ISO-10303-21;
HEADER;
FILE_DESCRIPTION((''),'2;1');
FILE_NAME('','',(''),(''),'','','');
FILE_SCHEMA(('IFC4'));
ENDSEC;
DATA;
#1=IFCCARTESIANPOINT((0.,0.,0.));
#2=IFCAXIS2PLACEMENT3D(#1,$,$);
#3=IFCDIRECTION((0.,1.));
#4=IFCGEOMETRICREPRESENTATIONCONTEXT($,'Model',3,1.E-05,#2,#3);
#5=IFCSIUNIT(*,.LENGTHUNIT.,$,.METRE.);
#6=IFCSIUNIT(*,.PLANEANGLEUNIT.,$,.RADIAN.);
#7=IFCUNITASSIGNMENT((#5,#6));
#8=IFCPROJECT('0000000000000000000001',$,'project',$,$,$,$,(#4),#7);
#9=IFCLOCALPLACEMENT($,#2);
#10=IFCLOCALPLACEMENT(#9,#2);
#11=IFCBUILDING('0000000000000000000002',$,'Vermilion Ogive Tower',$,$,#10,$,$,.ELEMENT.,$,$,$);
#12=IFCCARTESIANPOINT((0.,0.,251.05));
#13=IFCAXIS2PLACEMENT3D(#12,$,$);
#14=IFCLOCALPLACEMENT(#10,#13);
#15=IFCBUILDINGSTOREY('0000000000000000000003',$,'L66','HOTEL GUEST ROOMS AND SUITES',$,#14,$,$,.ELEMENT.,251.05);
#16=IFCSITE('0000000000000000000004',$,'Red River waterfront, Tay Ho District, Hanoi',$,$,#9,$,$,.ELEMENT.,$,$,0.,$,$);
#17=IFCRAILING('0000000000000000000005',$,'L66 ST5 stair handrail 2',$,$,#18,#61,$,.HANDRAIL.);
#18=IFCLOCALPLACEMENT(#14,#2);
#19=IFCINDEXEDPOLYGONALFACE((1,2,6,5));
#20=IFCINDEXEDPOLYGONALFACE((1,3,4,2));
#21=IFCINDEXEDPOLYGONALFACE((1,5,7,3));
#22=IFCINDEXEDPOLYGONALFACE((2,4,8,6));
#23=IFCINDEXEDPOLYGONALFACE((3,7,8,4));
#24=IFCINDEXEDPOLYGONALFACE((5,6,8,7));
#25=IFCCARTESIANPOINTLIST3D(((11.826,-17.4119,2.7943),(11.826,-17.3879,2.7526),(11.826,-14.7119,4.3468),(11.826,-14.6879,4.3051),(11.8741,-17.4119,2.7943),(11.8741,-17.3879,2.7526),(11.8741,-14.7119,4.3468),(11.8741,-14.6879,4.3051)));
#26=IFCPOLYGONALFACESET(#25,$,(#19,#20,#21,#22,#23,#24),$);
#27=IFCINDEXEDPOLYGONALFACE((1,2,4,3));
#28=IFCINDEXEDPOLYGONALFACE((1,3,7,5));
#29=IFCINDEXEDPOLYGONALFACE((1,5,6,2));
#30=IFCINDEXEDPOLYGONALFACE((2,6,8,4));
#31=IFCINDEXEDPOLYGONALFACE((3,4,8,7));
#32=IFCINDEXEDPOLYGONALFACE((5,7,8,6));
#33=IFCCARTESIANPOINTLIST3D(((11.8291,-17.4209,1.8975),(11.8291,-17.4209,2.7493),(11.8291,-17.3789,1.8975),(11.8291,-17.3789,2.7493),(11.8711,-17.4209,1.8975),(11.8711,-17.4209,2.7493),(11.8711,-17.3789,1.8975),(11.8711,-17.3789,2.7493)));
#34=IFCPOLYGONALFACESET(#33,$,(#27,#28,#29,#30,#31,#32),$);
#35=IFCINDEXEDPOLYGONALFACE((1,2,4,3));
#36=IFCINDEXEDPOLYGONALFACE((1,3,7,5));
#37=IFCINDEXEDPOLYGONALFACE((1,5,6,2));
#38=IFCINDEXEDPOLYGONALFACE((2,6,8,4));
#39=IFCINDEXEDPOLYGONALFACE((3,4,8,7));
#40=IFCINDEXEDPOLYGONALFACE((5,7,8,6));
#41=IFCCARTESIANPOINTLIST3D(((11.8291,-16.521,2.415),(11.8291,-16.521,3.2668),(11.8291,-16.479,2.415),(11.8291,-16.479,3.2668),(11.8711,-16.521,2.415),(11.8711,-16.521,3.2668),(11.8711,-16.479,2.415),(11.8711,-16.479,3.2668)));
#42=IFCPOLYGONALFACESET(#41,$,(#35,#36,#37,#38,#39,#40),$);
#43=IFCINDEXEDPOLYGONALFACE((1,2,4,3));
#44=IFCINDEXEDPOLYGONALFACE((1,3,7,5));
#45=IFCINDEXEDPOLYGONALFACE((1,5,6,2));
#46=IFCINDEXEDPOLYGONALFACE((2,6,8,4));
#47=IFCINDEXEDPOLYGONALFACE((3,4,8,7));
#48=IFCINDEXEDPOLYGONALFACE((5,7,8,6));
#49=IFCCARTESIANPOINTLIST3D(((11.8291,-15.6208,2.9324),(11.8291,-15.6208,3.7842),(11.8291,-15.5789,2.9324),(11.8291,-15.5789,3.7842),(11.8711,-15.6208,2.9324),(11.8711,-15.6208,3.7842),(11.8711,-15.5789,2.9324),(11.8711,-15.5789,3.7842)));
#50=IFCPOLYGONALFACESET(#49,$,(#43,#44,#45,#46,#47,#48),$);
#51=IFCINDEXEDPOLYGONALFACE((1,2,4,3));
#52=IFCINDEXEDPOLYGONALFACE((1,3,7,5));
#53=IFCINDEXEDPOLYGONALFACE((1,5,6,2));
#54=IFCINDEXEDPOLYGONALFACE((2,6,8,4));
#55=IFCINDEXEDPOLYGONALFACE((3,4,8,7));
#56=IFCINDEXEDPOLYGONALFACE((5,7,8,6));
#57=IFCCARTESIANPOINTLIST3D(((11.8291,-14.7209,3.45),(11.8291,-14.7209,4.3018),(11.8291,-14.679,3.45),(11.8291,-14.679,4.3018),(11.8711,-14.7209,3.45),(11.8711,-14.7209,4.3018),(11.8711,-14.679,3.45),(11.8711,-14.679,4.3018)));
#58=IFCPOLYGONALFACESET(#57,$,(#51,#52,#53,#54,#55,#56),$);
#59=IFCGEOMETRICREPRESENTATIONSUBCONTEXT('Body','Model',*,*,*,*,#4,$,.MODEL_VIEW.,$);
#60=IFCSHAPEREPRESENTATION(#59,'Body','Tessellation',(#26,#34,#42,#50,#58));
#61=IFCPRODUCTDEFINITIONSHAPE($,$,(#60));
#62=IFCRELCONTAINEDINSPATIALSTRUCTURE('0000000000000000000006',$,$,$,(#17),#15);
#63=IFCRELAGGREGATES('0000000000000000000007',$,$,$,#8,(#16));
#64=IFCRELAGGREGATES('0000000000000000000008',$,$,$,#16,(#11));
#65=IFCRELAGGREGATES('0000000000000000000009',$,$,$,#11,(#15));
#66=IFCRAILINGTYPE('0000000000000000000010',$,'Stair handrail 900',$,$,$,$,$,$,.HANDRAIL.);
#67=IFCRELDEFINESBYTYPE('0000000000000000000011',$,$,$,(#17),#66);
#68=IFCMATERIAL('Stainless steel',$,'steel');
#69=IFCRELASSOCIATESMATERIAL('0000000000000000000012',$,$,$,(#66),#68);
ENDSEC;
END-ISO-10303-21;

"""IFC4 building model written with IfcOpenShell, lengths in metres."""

from ifc_helpers import new_model, si_unit, direction, frame, origin, origin_2d, place, context, subcontext, project, spatial, rectangle, extrude, material, type_object, element, save


model = new_model("IFC4")

# Units and contexts
model_context = context("Model", 3, precision=1e-05, world=origin(), true_north=direction((0.0, 1.0)))
body_context = subcontext(model_context, "Body", "Model", "MODEL_VIEW")
ifc_project = project(units=[si_unit("LENGTHUNIT", "METRE"), si_unit("PLANEANGLEUNIT", "RADIAN")], contexts=[model_context])

# Site, building, storey
site_placement = place(None, origin())
site = spatial("IfcSite", under=ifc_project, at=site_placement, Name="Red River waterfront, Tay Ho District, Hanoi", CompositionType="ELEMENT", RefElevation=0.0)
building_placement = place(site_placement, origin())
building = spatial("IfcBuilding", under=site, at=building_placement, Name="Vermilion Ogive Tower", CompositionType="ELEMENT")
storey_placement = place(building_placement, frame((0.0, 0.0, 251.05)))
storey = spatial("IfcBuildingStorey", under=building, at=storey_placement, Name="L66", Description="HOTEL GUEST ROOMS AND SUITES", CompositionType="ELEMENT", Elevation=251.05)

# Railing
ifc_material_1 = material(Name="Stainless steel", Category="steel")
railing_type = type_object("IfcRailingType", Name="Stair handrail 900", PredefinedType="HANDRAIL", material=ifc_material_1)
railing_placement = place(storey_placement, frame((11.8501, -17.3999, 1.8975)))
element("IfcRailing", 1, at=railing_placement, inside=storey, type_object=railing_type, Name="L66 ST5 stair handrail 2", PredefinedType="HANDRAIL", context=body_context, shape_type="SweptSolid", body=[
    extrude(rectangle(XDim=0.0481, YDim=0.0481, at=origin_2d()), frame((0.0, 0.0, 0.876), z_axis=(0.0, 0.866904, 0.498476), x_axis=(-1.0, 0.0, 0.0)), (0.0, 0.0, 1.0), 3.1145),
    extrude(rectangle(XDim=0.042, YDim=0.042, at=origin_2d()), origin(), (0.0, 0.0, 1.0), 0.8518),
    extrude(rectangle(XDim=0.042, YDim=0.042, at=origin_2d()), frame((0.0, 0.8999, 0.5176)), (0.0, 0.0, 1.0), 0.8518),
    extrude(rectangle(XDim=0.042, YDim=0.042, at=origin_2d()), frame((0.0, 1.8, 1.0349)), (0.0, 0.0, 1.0), 0.8518),
    extrude(rectangle(XDim=0.042, YDim=0.042, at=origin_2d()), frame((0.0, 2.7, 1.5525)), (0.0, 0.0, 1.0), 0.8518),
])

save(model, "model.ifc")
